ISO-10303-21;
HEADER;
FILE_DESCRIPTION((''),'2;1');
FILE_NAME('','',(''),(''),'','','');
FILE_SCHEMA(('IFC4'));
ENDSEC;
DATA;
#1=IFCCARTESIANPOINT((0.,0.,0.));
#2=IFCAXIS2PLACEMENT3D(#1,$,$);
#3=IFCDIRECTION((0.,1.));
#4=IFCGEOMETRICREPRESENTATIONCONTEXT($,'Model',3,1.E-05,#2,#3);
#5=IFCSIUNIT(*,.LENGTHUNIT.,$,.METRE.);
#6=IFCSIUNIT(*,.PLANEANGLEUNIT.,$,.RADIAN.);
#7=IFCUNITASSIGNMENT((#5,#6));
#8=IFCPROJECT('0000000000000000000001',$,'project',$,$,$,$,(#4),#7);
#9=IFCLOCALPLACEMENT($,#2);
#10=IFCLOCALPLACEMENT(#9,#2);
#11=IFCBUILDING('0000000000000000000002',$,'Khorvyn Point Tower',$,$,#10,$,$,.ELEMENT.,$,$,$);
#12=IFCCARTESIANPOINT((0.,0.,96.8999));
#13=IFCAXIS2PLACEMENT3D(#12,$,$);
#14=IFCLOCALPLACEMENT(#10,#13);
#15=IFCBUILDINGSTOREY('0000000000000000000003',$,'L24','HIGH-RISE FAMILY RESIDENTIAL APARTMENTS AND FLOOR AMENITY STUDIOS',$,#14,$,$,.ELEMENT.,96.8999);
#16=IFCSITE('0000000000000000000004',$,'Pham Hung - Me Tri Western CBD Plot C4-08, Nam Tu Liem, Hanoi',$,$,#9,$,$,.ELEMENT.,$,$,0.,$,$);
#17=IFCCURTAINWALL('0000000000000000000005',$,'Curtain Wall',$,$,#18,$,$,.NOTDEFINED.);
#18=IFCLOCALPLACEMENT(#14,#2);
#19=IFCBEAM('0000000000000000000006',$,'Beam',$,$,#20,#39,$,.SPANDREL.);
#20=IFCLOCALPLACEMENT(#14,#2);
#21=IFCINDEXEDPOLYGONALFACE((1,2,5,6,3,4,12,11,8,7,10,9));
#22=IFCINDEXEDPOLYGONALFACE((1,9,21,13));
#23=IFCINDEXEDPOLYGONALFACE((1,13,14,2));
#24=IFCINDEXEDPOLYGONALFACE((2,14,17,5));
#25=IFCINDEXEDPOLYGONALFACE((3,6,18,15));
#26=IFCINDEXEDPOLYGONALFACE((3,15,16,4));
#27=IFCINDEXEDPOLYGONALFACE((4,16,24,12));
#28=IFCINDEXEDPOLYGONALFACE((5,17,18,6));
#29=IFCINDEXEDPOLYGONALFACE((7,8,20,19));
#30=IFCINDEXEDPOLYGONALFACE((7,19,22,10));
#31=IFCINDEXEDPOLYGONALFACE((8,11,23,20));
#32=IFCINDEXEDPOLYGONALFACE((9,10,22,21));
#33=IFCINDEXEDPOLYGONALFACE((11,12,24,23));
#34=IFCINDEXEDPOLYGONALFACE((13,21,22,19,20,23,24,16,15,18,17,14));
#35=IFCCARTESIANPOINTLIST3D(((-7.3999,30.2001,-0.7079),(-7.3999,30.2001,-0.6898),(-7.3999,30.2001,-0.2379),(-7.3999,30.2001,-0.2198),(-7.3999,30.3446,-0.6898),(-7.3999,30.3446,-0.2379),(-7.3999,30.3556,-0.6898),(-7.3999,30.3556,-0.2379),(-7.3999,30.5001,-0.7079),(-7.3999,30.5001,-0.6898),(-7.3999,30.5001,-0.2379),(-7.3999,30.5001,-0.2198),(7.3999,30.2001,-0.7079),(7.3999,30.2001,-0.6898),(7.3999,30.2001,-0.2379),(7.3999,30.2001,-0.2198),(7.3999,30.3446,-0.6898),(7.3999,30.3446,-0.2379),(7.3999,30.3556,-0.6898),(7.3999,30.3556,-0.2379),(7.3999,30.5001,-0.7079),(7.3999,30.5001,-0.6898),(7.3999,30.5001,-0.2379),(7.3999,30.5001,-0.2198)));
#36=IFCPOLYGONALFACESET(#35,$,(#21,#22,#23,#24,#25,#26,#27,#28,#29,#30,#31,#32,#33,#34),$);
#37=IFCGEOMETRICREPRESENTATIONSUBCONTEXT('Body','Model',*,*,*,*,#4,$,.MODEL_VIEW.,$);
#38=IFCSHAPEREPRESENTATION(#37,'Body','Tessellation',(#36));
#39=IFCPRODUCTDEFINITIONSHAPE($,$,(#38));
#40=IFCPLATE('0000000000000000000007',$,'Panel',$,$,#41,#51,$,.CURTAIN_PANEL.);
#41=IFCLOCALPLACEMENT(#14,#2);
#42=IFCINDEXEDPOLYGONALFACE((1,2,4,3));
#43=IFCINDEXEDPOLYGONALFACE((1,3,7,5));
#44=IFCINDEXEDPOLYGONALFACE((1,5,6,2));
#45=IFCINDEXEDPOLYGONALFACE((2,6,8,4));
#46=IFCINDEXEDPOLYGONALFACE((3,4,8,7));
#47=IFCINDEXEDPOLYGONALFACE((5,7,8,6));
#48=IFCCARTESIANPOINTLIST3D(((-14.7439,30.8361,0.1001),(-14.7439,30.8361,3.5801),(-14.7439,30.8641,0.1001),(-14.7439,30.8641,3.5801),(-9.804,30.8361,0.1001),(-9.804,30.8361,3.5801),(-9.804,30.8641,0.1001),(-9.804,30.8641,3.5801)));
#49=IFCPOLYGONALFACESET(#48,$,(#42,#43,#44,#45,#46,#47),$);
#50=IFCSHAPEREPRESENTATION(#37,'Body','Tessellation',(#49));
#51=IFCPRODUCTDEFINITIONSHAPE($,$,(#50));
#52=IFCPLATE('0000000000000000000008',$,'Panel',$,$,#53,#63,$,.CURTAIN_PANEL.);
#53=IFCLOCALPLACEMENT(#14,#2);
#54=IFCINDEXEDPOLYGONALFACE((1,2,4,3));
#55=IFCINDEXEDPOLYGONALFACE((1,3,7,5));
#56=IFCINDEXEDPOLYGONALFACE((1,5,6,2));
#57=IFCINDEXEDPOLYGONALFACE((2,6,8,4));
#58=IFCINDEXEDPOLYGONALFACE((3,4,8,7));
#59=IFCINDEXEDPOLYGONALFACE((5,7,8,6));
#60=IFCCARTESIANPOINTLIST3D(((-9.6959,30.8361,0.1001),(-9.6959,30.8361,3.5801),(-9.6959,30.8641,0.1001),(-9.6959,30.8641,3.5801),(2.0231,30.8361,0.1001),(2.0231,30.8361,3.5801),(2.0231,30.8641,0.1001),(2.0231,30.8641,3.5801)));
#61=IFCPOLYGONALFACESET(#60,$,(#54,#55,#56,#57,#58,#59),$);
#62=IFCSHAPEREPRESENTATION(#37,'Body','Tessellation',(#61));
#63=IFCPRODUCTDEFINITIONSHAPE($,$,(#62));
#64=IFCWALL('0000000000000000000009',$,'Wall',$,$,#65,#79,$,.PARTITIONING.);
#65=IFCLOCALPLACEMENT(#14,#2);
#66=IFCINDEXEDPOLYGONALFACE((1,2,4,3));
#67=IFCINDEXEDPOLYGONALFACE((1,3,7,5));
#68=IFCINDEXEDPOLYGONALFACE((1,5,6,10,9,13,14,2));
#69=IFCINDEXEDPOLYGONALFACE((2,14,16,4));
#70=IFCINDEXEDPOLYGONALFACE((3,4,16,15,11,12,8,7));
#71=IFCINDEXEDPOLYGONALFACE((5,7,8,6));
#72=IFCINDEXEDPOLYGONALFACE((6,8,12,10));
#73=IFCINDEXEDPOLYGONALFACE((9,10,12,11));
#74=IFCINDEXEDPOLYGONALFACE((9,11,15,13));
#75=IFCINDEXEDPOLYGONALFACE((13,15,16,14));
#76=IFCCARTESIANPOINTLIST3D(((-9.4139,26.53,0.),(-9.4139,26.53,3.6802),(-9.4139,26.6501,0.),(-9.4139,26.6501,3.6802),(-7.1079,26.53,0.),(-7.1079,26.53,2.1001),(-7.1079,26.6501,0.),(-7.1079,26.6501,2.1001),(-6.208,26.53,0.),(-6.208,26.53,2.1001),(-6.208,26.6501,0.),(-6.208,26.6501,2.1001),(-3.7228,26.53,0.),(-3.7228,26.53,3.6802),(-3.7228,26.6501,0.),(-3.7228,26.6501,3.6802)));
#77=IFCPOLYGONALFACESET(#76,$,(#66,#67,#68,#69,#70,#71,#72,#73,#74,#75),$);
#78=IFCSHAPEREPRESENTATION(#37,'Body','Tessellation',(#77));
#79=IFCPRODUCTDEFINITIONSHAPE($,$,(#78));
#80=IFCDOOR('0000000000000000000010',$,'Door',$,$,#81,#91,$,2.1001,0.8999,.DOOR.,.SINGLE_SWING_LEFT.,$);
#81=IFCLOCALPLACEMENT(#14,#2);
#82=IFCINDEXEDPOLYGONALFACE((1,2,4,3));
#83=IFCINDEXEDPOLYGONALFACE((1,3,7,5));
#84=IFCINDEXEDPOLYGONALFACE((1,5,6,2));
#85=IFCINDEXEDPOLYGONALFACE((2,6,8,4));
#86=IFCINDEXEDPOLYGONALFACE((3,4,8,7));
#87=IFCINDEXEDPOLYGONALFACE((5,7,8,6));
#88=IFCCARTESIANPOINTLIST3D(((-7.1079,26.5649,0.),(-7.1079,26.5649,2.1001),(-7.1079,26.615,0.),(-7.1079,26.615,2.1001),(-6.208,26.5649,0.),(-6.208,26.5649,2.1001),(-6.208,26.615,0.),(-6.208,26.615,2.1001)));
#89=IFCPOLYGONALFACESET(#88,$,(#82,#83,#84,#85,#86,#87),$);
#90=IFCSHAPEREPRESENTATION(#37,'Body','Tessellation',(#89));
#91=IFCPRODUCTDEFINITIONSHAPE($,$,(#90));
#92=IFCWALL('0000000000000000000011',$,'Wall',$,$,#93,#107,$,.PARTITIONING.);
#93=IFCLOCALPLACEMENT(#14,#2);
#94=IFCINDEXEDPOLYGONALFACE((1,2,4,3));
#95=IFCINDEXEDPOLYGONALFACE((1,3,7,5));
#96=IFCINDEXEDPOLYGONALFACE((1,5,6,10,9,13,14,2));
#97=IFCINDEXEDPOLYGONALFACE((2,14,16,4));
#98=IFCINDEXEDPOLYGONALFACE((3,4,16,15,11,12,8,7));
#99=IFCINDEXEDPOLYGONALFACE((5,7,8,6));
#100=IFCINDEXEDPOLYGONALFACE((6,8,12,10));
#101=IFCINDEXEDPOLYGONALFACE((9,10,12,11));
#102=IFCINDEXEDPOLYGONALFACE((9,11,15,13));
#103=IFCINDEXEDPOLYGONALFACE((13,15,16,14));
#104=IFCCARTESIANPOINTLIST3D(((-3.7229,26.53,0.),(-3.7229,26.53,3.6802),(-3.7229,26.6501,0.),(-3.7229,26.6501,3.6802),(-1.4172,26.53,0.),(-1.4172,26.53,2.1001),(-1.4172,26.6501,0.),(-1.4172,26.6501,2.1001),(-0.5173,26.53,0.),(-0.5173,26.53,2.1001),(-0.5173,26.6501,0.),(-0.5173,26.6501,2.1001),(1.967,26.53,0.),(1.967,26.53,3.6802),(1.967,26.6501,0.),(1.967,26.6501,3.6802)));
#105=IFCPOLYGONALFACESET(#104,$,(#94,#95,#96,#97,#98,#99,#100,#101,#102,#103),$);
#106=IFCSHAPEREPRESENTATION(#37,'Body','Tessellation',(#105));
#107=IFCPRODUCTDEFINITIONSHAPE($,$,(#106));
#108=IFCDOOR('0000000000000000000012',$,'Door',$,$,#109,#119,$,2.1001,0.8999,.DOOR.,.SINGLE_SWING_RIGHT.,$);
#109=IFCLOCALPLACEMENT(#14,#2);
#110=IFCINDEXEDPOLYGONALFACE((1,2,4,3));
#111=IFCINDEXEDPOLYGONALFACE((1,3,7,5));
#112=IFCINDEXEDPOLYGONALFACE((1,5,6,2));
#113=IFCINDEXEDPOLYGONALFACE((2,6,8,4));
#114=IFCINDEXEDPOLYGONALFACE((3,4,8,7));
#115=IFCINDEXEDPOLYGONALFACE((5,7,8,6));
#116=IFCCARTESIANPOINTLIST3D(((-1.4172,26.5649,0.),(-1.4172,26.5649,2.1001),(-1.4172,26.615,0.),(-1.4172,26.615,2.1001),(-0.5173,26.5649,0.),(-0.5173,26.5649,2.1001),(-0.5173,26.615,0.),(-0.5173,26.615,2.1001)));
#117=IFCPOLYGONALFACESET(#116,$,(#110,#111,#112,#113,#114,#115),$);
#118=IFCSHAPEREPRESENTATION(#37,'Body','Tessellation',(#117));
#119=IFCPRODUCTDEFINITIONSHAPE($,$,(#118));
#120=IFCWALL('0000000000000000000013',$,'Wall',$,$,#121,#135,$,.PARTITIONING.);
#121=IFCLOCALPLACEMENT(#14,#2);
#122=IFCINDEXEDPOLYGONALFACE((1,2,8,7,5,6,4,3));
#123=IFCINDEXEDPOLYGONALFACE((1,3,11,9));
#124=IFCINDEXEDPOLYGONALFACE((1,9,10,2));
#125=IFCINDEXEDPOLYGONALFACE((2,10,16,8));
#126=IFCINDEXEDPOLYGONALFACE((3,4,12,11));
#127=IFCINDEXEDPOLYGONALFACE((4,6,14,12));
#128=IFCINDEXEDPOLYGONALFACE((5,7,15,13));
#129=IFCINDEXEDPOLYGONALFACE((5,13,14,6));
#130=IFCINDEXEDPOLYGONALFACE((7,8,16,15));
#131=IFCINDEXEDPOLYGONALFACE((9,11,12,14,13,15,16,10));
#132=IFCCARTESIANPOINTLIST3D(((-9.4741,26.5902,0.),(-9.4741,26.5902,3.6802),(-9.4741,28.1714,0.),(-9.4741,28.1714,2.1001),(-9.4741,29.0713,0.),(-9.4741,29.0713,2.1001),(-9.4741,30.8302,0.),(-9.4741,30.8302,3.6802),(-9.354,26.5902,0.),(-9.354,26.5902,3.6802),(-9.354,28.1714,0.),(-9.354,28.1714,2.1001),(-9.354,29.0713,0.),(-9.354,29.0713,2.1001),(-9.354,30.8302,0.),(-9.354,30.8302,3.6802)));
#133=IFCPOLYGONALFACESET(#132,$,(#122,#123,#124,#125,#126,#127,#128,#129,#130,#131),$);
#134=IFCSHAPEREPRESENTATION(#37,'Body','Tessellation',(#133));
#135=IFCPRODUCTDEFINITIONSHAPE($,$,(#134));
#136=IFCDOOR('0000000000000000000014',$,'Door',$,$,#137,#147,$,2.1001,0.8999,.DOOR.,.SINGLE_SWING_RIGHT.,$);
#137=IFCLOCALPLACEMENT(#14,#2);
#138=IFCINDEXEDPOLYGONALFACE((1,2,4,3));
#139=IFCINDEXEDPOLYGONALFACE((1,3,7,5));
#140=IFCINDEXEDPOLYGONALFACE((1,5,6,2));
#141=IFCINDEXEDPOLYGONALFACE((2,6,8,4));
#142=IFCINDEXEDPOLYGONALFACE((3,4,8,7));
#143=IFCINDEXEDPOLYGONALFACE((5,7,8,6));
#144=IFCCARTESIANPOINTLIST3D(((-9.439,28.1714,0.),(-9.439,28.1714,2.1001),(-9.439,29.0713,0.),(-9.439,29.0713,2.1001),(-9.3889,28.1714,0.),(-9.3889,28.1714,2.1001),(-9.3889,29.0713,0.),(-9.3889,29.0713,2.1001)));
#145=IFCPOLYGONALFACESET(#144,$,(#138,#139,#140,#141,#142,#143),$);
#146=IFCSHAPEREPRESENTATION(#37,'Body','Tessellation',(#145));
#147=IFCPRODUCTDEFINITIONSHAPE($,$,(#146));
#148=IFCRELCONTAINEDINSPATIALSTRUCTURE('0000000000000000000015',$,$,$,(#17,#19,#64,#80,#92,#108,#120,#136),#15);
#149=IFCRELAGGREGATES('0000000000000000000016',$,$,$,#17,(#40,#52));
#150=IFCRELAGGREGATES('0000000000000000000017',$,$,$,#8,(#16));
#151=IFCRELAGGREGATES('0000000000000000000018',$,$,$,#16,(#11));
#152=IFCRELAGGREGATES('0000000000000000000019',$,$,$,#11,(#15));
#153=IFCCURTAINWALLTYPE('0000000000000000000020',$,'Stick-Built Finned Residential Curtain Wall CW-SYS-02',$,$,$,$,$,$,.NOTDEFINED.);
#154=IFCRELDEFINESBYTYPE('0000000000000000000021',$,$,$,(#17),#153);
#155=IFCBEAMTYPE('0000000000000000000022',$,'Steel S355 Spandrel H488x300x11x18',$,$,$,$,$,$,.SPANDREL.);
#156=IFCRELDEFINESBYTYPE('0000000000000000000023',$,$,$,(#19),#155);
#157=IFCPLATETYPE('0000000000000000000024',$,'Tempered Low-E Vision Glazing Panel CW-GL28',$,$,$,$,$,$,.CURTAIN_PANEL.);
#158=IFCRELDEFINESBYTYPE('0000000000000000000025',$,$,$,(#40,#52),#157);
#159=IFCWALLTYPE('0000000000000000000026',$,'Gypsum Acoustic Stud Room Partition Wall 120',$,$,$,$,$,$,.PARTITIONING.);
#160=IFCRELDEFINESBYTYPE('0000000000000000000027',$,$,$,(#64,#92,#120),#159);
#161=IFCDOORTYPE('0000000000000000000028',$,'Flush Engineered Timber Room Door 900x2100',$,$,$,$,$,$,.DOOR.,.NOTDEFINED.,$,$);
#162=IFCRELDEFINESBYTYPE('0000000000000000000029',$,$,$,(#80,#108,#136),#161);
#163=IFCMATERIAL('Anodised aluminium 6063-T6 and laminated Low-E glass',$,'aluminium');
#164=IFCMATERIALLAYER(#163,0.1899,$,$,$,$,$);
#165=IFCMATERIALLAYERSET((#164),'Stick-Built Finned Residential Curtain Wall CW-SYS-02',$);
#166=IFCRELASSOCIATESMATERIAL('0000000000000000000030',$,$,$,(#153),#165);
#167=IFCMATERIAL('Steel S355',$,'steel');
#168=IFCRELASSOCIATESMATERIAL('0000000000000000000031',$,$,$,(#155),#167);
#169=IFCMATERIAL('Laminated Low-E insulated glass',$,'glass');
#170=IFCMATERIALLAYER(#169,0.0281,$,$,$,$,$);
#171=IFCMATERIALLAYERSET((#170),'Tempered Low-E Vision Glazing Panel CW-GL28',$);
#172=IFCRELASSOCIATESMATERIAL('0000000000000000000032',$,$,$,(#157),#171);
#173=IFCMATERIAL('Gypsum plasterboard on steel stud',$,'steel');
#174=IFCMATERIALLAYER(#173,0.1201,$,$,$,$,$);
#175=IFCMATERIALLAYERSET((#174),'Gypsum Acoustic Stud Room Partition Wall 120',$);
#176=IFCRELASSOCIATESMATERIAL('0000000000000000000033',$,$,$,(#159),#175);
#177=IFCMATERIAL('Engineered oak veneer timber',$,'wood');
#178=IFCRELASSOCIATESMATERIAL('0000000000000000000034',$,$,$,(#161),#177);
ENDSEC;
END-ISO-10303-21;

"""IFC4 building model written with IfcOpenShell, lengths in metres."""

from ifc_helpers import new_model, si_unit, direction, frame, frame_2d, origin, origin_2d, place, context, subcontext, project, spatial, rectangle, i_section, extrude, material, layer, layer_set, material_profile, profile_set, type_object, element, fill, aggregate, save


model = new_model("IFC4")

# Units and contexts
model_context = context("Model", 3, precision=1e-05, world=origin(), true_north=direction((0.0, 1.0)))
body_context = subcontext(model_context, "Body", "Model", "MODEL_VIEW")
ifc_project = project(units=[si_unit("LENGTHUNIT", "METRE"), si_unit("PLANEANGLEUNIT", "RADIAN")], contexts=[model_context])

# Site, building, storey
site_placement = place(None, origin())
site = spatial("IfcSite", under=ifc_project, at=site_placement, Name="Pham Hung - Me Tri Western CBD Plot C4-08, Nam Tu Liem, Hanoi", CompositionType="ELEMENT", RefElevation=0.0)
building_placement = place(site_placement, origin())
building = spatial("IfcBuilding", under=site, at=building_placement, Name="Khorvyn Point Tower", CompositionType="ELEMENT")
storey_placement = place(building_placement, frame((0.0, 0.0, 96.8999)))
storey = spatial("IfcBuildingStorey", under=building, at=storey_placement, Name="L24", Description="HIGH-RISE FAMILY RESIDENTIAL APARTMENTS AND FLOOR AMENITY STUDIOS", CompositionType="ELEMENT", Elevation=96.8999)

# Curtain wall
ifc_material_1 = material(Name="Anodised aluminium 6063-T6 and laminated Low-E glass", Category="aluminium")
ifc_layer_1 = layer(ifc_material_1, 0.1899)
ifc_layer_set_1 = layer_set([ifc_layer_1], Name="Stick-Built Finned Residential Curtain Wall CW-SYS-02")
curtain_wall_type = type_object("IfcCurtainWallType", Name="Stick-Built Finned Residential Curtain Wall CW-SYS-02", PredefinedType="NOTDEFINED", material=ifc_layer_set_1)
curtain_wall_placement = place(storey_placement, origin())
curtain_wall = element("IfcCurtainWall", 1, at=curtain_wall_placement, inside=storey, type_object=curtain_wall_type, Name="Curtain Wall", PredefinedType="NOTDEFINED")

# Beam
ifc_material_2 = material(Name="Steel S355", Category="steel")
ifc_material_profile_1 = material_profile(ifc_material_2, i_section(OverallWidth=0.3, OverallDepth=0.488, WebThickness=0.011, FlangeThickness=0.0181, at=origin_2d()))
ifc_profile_set_1 = profile_set([ifc_material_profile_1], Name="Steel S355 H488x300x11x18")
beam_type_1 = type_object("IfcBeamType", Name="Steel S355 Spandrel H488x300x11x18", PredefinedType="SPANDREL", material=ifc_profile_set_1)
beam_1_placement = place(storey_placement, frame((-7.3999, 30.3501, -0.4639), z_axis=(1.0, 0.0, 0.0), x_axis=(0.0, 1.0, 0.0)))
element("IfcBeam", 2, at=beam_1_placement, inside=storey, type_object=beam_type_1, Name="Beam", PredefinedType="SPANDREL", context=body_context, shape_type="SweptSolid", body=[
    extrude(i_section(OverallWidth=0.3, OverallDepth=0.488, WebThickness=0.011, FlangeThickness=0.0181, at=origin_2d()), origin(), (0.0, 0.0, 1.0), 14.7998),
])

# Plates
ifc_material_3 = material(Name="Laminated Low-E insulated glass", Category="glass")
ifc_layer_2 = layer(ifc_material_3, 0.0281)
ifc_layer_set_2 = layer_set([ifc_layer_2], Name="Tempered Low-E Vision Glazing Panel CW-GL28")
plate_type = type_object("IfcPlateType", Name="Tempered Low-E Vision Glazing Panel CW-GL28", PredefinedType="CURTAIN_PANEL", material=ifc_layer_set_2)
plate_1_placement = place(storey_placement, frame((-12.2739, 30.8501, 0.1001), z_axis=(0.0, 0.0, 1.0), x_axis=(1.0, 0.0, 0.0)))
plate_1 = element("IfcPlate", 3, at=plate_1_placement, type_object=plate_type, Name="Panel", PredefinedType="CURTAIN_PANEL", context=body_context, shape_type="SweptSolid", body=[
    extrude(rectangle(XDim=4.9399, YDim=0.0281, at=origin_2d()), origin(), (0.0, 0.0, 1.0), 3.48),
])
plate_2_placement = place(storey_placement, frame((-3.8364, 30.8501, 0.1001), z_axis=(0.0, 0.0, 1.0), x_axis=(1.0, 0.0, 0.0)))
plate_2 = element("IfcPlate", 4, at=plate_2_placement, type_object=plate_type, Name="Panel", PredefinedType="CURTAIN_PANEL", context=body_context, shape_type="SweptSolid", body=[
    extrude(rectangle(XDim=11.719, YDim=0.0281, at=origin_2d()), origin(), (0.0, 0.0, 1.0), 3.48),
])
aggregate(curtain_wall, [plate_1, plate_2])

# Walls, openings, doors
ifc_material_4 = material(Name="Gypsum plasterboard on steel stud", Category="steel")
ifc_layer_3 = layer(ifc_material_4, 0.1201)
ifc_layer_set_3 = layer_set([ifc_layer_3], Name="Gypsum Acoustic Stud Room Partition Wall 120")
wall_type_1 = type_object("IfcWallType", Name="Gypsum Acoustic Stud Room Partition Wall 120", PredefinedType="PARTITIONING", material=ifc_layer_set_3)
wall_1_placement = place(storey_placement, frame((-9.4141, 26.5901, 0.0), z_axis=(0.0, 0.0, 1.0), x_axis=(1.0, 0.0, 0.0)))
wall_1 = element("IfcWall", 5, at=wall_1_placement, inside=storey, type_object=wall_type_1, Name="Wall", PredefinedType="PARTITIONING", context=body_context, shape_type="SweptSolid", body=[
    extrude(rectangle(XDim=5.6912, YDim=0.1201, at=frame_2d((2.8457, 0.0))), origin(), (0.0, 0.0, 1.0), 3.6802),
])
opening_1_placement = place(wall_1_placement, frame((2.3062, 0.0, 0.0)))
opening_1 = element("IfcOpeningElement", 6, at=opening_1_placement, cuts=wall_1, PredefinedType="OPENING", context=body_context, shape_type="SweptSolid", body=[
    extrude(rectangle(XDim=0.8999, YDim=2.1001, at=frame_2d((0.45, 1.05))), frame((0.0, 0.0701, 0.0), z_axis=(0.0, -1.0, 0.0), x_axis=(1.0, 0.0, 0.0)), (0.0, 0.0, 1.0), 0.1401),
])
ifc_material_5 = material(Name="Engineered oak veneer timber", Category="wood")
door_type_1 = type_object("IfcDoorType", Name="Flush Engineered Timber Room Door 900x2100", OperationType="NOTDEFINED", PredefinedType="DOOR", material=ifc_material_5)
door_1_placement = place(opening_1_placement, origin())
door_1 = element("IfcDoor", 7, at=door_1_placement, inside=storey, type_object=door_type_1, Name="Door", OperationType="SINGLE_SWING_LEFT", OverallHeight=2.1001, OverallWidth=0.8999, PredefinedType="DOOR", context=body_context, shape_type="SweptSolid", body=[
    extrude(rectangle(XDim=0.8999, YDim=2.1001, at=frame_2d((0.45, 1.05))), frame((0.0, 0.0249, 0.0), z_axis=(0.0, -1.0, 0.0), x_axis=(1.0, 0.0, 0.0)), (0.0, 0.0, 1.0), 0.05),
])
fill(opening_1, door_1)
wall_2_placement = place(storey_placement, frame((-3.7229, 26.5901, 0.0), z_axis=(0.0, 0.0, 1.0), x_axis=(1.0, 0.0, 0.0)))
wall_2 = element("IfcWall", 8, at=wall_2_placement, inside=storey, type_object=wall_type_1, Name="Wall", PredefinedType="PARTITIONING", context=body_context, shape_type="SweptSolid", body=[
    extrude(rectangle(XDim=5.6899, YDim=0.1201, at=frame_2d((2.845, 0.0))), origin(), (0.0, 0.0, 1.0), 3.6802),
])
opening_2_placement = place(wall_2_placement, frame((2.3057, 0.0, 0.0)))
opening_2 = element("IfcOpeningElement", 9, at=opening_2_placement, cuts=wall_2, PredefinedType="OPENING", context=body_context, shape_type="SweptSolid", body=[
    extrude(rectangle(XDim=0.8999, YDim=2.1001, at=frame_2d((0.45, 1.05))), frame((0.0, 0.0701, 0.0), z_axis=(0.0, -1.0, 0.0), x_axis=(1.0, 0.0, 0.0)), (0.0, 0.0, 1.0), 0.1401),
])
door_2_placement = place(opening_2_placement, origin())
door_2 = element("IfcDoor", 10, at=door_2_placement, inside=storey, type_object=door_type_1, Name="Door", OperationType="SINGLE_SWING_RIGHT", OverallHeight=2.1001, OverallWidth=0.8999, PredefinedType="DOOR", context=body_context, shape_type="SweptSolid", body=[
    extrude(rectangle(XDim=0.8999, YDim=2.1001, at=frame_2d((0.45, 1.05))), frame((0.0, 0.0249, 0.0), z_axis=(0.0, -1.0, 0.0), x_axis=(1.0, 0.0, 0.0)), (0.0, 0.0, 1.0), 0.05),
])
fill(opening_2, door_2)
wall_3_placement = place(storey_placement, frame((-9.4141, 26.5901, 0.0), z_axis=(0.0, 0.0, 1.0), x_axis=(0.0, 1.0, 0.0)))
wall_3 = element("IfcWall", 11, at=wall_3_placement, inside=storey, type_object=wall_type_1, Name="Wall", PredefinedType="PARTITIONING", context=body_context, shape_type="SweptSolid", body=[
    extrude(rectangle(XDim=4.24, YDim=0.1201, at=frame_2d((2.1201, 0.0))), origin(), (0.0, 0.0, 1.0), 3.6802),
])
opening_3_placement = place(wall_3_placement, frame((1.5813, 0.0, 0.0)))
opening_3 = element("IfcOpeningElement", 12, at=opening_3_placement, cuts=wall_3, PredefinedType="OPENING", context=body_context, shape_type="SweptSolid", body=[
    extrude(rectangle(XDim=0.8999, YDim=2.1001, at=frame_2d((0.45, 1.05))), frame((0.0, 0.0701, 0.0), z_axis=(0.0, -1.0, 0.0), x_axis=(1.0, 0.0, 0.0)), (0.0, 0.0, 1.0), 0.1401),
])
door_3_placement = place(opening_3_placement, origin())
door_3 = element("IfcDoor", 13, at=door_3_placement, inside=storey, type_object=door_type_1, Name="Door", OperationType="SINGLE_SWING_RIGHT", OverallHeight=2.1001, OverallWidth=0.8999, PredefinedType="DOOR", context=body_context, shape_type="SweptSolid", body=[
    extrude(rectangle(XDim=0.8999, YDim=2.1001, at=frame_2d((0.45, 1.05))), frame((0.0, 0.0249, 0.0), z_axis=(0.0, -1.0, 0.0), x_axis=(1.0, 0.0, 0.0)), (0.0, 0.0, 1.0), 0.05),
])
fill(opening_3, door_3)

save(model, "model.ifc")
